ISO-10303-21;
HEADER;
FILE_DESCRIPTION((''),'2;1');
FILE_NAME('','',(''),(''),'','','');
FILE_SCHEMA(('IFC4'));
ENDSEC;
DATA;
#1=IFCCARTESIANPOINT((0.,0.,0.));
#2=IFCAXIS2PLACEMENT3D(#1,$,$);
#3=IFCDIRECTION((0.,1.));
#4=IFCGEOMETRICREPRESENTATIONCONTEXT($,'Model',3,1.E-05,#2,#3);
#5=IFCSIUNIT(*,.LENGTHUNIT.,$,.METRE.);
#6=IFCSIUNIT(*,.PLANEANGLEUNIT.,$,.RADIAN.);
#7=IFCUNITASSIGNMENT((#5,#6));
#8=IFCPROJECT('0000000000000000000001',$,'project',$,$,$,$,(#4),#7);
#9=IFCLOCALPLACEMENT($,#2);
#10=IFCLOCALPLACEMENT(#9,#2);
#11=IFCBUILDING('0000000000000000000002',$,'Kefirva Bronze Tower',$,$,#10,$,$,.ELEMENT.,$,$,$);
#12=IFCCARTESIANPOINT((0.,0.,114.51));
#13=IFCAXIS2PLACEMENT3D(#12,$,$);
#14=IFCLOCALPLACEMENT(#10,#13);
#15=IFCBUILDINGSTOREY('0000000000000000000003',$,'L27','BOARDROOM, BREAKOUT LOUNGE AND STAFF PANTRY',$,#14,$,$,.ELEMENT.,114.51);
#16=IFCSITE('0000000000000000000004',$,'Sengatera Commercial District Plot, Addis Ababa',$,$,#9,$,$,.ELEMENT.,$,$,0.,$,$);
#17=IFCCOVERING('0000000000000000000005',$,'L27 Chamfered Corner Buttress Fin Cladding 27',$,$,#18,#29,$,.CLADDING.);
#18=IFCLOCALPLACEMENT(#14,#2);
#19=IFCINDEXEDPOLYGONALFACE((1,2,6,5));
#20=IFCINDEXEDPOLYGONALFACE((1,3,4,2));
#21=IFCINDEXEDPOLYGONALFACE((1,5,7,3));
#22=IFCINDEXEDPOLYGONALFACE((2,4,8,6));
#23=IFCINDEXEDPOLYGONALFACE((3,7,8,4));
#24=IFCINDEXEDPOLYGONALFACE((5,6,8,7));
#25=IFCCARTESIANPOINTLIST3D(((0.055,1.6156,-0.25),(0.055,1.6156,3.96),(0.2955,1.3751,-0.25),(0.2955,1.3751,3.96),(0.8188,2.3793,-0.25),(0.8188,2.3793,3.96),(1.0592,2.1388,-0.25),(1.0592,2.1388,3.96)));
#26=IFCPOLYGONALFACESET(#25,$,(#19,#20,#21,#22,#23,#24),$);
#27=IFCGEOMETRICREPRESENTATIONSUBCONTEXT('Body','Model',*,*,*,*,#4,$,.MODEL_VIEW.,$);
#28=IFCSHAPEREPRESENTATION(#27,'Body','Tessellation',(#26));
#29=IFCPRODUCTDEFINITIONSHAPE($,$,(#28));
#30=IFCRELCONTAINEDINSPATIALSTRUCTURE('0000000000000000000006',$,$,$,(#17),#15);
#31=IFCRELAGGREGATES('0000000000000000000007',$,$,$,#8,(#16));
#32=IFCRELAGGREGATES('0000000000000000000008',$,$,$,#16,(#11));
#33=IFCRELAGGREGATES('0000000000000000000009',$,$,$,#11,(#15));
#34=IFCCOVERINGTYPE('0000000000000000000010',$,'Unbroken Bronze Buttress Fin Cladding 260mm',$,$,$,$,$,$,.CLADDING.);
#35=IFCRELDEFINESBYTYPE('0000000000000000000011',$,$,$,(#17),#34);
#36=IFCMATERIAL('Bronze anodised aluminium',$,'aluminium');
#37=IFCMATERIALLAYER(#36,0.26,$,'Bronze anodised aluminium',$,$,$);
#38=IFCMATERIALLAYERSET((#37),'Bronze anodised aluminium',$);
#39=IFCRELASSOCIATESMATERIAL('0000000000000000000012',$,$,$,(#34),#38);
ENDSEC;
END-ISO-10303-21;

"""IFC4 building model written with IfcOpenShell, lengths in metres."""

from ifc_helpers import new_model, si_unit, direction, frame, origin, origin_2d, place, context, subcontext, project, spatial, rectangle, extrude, material, layer, layer_set, type_object, element, save


model = new_model("IFC4")

# Units and contexts
model_context = context("Model", 3, precision=1e-05, world=origin(), true_north=direction((0.0, 1.0)))
body_context = subcontext(model_context, "Body", "Model", "MODEL_VIEW")
ifc_project = project(units=[si_unit("LENGTHUNIT", "METRE"), si_unit("PLANEANGLEUNIT", "RADIAN")], contexts=[model_context])

# Site, building, storey
site_placement = place(None, origin())
site = spatial("IfcSite", under=ifc_project, at=site_placement, Name="Sengatera Commercial District Plot, Addis Ababa", CompositionType="ELEMENT", RefElevation=0.0)
building_placement = place(site_placement, origin())
building = spatial("IfcBuilding", under=site, at=building_placement, Name="Kefirva Bronze Tower", CompositionType="ELEMENT")
storey_placement = place(building_placement, frame((0.0, 0.0, 114.51)))
storey = spatial("IfcBuildingStorey", under=building, at=storey_placement, Name="L27", Description="BOARDROOM, BREAKOUT LOUNGE AND STAFF PANTRY", CompositionType="ELEMENT", Elevation=114.51)

# Shared definitions
ifc_material_1 = material(Name="Bronze anodised aluminium", Category="aluminium")

# Covering
ifc_layer_1 = layer(ifc_material_1, 0.26, Name="Bronze anodised aluminium")
ifc_layer_set_1 = layer_set([ifc_layer_1], Name="Bronze anodised aluminium")
covering_type_1 = type_object("IfcCoveringType", Name="Unbroken Bronze Buttress Fin Cladding 260mm", PredefinedType="CLADDING", material=ifc_layer_set_1)
covering_1_placement = place(storey_placement, frame((0.5571, 1.8772, -0.25), z_axis=(0.0, 0.0, 1.0), x_axis=(0.707107, -0.707107, 0.0)))
element("IfcCovering", 1, at=covering_1_placement, inside=storey, type_object=covering_type_1, Name="L27 Chamfered Corner Buttress Fin Cladding 27", PredefinedType="CLADDING", context=body_context, shape_type="SweptSolid", body=[
    extrude(rectangle(XDim=0.3401, YDim=1.0801, at=origin_2d()), origin(), (0.0, 0.0, 1.0), 4.21),
])

save(model, "model.ifc")
